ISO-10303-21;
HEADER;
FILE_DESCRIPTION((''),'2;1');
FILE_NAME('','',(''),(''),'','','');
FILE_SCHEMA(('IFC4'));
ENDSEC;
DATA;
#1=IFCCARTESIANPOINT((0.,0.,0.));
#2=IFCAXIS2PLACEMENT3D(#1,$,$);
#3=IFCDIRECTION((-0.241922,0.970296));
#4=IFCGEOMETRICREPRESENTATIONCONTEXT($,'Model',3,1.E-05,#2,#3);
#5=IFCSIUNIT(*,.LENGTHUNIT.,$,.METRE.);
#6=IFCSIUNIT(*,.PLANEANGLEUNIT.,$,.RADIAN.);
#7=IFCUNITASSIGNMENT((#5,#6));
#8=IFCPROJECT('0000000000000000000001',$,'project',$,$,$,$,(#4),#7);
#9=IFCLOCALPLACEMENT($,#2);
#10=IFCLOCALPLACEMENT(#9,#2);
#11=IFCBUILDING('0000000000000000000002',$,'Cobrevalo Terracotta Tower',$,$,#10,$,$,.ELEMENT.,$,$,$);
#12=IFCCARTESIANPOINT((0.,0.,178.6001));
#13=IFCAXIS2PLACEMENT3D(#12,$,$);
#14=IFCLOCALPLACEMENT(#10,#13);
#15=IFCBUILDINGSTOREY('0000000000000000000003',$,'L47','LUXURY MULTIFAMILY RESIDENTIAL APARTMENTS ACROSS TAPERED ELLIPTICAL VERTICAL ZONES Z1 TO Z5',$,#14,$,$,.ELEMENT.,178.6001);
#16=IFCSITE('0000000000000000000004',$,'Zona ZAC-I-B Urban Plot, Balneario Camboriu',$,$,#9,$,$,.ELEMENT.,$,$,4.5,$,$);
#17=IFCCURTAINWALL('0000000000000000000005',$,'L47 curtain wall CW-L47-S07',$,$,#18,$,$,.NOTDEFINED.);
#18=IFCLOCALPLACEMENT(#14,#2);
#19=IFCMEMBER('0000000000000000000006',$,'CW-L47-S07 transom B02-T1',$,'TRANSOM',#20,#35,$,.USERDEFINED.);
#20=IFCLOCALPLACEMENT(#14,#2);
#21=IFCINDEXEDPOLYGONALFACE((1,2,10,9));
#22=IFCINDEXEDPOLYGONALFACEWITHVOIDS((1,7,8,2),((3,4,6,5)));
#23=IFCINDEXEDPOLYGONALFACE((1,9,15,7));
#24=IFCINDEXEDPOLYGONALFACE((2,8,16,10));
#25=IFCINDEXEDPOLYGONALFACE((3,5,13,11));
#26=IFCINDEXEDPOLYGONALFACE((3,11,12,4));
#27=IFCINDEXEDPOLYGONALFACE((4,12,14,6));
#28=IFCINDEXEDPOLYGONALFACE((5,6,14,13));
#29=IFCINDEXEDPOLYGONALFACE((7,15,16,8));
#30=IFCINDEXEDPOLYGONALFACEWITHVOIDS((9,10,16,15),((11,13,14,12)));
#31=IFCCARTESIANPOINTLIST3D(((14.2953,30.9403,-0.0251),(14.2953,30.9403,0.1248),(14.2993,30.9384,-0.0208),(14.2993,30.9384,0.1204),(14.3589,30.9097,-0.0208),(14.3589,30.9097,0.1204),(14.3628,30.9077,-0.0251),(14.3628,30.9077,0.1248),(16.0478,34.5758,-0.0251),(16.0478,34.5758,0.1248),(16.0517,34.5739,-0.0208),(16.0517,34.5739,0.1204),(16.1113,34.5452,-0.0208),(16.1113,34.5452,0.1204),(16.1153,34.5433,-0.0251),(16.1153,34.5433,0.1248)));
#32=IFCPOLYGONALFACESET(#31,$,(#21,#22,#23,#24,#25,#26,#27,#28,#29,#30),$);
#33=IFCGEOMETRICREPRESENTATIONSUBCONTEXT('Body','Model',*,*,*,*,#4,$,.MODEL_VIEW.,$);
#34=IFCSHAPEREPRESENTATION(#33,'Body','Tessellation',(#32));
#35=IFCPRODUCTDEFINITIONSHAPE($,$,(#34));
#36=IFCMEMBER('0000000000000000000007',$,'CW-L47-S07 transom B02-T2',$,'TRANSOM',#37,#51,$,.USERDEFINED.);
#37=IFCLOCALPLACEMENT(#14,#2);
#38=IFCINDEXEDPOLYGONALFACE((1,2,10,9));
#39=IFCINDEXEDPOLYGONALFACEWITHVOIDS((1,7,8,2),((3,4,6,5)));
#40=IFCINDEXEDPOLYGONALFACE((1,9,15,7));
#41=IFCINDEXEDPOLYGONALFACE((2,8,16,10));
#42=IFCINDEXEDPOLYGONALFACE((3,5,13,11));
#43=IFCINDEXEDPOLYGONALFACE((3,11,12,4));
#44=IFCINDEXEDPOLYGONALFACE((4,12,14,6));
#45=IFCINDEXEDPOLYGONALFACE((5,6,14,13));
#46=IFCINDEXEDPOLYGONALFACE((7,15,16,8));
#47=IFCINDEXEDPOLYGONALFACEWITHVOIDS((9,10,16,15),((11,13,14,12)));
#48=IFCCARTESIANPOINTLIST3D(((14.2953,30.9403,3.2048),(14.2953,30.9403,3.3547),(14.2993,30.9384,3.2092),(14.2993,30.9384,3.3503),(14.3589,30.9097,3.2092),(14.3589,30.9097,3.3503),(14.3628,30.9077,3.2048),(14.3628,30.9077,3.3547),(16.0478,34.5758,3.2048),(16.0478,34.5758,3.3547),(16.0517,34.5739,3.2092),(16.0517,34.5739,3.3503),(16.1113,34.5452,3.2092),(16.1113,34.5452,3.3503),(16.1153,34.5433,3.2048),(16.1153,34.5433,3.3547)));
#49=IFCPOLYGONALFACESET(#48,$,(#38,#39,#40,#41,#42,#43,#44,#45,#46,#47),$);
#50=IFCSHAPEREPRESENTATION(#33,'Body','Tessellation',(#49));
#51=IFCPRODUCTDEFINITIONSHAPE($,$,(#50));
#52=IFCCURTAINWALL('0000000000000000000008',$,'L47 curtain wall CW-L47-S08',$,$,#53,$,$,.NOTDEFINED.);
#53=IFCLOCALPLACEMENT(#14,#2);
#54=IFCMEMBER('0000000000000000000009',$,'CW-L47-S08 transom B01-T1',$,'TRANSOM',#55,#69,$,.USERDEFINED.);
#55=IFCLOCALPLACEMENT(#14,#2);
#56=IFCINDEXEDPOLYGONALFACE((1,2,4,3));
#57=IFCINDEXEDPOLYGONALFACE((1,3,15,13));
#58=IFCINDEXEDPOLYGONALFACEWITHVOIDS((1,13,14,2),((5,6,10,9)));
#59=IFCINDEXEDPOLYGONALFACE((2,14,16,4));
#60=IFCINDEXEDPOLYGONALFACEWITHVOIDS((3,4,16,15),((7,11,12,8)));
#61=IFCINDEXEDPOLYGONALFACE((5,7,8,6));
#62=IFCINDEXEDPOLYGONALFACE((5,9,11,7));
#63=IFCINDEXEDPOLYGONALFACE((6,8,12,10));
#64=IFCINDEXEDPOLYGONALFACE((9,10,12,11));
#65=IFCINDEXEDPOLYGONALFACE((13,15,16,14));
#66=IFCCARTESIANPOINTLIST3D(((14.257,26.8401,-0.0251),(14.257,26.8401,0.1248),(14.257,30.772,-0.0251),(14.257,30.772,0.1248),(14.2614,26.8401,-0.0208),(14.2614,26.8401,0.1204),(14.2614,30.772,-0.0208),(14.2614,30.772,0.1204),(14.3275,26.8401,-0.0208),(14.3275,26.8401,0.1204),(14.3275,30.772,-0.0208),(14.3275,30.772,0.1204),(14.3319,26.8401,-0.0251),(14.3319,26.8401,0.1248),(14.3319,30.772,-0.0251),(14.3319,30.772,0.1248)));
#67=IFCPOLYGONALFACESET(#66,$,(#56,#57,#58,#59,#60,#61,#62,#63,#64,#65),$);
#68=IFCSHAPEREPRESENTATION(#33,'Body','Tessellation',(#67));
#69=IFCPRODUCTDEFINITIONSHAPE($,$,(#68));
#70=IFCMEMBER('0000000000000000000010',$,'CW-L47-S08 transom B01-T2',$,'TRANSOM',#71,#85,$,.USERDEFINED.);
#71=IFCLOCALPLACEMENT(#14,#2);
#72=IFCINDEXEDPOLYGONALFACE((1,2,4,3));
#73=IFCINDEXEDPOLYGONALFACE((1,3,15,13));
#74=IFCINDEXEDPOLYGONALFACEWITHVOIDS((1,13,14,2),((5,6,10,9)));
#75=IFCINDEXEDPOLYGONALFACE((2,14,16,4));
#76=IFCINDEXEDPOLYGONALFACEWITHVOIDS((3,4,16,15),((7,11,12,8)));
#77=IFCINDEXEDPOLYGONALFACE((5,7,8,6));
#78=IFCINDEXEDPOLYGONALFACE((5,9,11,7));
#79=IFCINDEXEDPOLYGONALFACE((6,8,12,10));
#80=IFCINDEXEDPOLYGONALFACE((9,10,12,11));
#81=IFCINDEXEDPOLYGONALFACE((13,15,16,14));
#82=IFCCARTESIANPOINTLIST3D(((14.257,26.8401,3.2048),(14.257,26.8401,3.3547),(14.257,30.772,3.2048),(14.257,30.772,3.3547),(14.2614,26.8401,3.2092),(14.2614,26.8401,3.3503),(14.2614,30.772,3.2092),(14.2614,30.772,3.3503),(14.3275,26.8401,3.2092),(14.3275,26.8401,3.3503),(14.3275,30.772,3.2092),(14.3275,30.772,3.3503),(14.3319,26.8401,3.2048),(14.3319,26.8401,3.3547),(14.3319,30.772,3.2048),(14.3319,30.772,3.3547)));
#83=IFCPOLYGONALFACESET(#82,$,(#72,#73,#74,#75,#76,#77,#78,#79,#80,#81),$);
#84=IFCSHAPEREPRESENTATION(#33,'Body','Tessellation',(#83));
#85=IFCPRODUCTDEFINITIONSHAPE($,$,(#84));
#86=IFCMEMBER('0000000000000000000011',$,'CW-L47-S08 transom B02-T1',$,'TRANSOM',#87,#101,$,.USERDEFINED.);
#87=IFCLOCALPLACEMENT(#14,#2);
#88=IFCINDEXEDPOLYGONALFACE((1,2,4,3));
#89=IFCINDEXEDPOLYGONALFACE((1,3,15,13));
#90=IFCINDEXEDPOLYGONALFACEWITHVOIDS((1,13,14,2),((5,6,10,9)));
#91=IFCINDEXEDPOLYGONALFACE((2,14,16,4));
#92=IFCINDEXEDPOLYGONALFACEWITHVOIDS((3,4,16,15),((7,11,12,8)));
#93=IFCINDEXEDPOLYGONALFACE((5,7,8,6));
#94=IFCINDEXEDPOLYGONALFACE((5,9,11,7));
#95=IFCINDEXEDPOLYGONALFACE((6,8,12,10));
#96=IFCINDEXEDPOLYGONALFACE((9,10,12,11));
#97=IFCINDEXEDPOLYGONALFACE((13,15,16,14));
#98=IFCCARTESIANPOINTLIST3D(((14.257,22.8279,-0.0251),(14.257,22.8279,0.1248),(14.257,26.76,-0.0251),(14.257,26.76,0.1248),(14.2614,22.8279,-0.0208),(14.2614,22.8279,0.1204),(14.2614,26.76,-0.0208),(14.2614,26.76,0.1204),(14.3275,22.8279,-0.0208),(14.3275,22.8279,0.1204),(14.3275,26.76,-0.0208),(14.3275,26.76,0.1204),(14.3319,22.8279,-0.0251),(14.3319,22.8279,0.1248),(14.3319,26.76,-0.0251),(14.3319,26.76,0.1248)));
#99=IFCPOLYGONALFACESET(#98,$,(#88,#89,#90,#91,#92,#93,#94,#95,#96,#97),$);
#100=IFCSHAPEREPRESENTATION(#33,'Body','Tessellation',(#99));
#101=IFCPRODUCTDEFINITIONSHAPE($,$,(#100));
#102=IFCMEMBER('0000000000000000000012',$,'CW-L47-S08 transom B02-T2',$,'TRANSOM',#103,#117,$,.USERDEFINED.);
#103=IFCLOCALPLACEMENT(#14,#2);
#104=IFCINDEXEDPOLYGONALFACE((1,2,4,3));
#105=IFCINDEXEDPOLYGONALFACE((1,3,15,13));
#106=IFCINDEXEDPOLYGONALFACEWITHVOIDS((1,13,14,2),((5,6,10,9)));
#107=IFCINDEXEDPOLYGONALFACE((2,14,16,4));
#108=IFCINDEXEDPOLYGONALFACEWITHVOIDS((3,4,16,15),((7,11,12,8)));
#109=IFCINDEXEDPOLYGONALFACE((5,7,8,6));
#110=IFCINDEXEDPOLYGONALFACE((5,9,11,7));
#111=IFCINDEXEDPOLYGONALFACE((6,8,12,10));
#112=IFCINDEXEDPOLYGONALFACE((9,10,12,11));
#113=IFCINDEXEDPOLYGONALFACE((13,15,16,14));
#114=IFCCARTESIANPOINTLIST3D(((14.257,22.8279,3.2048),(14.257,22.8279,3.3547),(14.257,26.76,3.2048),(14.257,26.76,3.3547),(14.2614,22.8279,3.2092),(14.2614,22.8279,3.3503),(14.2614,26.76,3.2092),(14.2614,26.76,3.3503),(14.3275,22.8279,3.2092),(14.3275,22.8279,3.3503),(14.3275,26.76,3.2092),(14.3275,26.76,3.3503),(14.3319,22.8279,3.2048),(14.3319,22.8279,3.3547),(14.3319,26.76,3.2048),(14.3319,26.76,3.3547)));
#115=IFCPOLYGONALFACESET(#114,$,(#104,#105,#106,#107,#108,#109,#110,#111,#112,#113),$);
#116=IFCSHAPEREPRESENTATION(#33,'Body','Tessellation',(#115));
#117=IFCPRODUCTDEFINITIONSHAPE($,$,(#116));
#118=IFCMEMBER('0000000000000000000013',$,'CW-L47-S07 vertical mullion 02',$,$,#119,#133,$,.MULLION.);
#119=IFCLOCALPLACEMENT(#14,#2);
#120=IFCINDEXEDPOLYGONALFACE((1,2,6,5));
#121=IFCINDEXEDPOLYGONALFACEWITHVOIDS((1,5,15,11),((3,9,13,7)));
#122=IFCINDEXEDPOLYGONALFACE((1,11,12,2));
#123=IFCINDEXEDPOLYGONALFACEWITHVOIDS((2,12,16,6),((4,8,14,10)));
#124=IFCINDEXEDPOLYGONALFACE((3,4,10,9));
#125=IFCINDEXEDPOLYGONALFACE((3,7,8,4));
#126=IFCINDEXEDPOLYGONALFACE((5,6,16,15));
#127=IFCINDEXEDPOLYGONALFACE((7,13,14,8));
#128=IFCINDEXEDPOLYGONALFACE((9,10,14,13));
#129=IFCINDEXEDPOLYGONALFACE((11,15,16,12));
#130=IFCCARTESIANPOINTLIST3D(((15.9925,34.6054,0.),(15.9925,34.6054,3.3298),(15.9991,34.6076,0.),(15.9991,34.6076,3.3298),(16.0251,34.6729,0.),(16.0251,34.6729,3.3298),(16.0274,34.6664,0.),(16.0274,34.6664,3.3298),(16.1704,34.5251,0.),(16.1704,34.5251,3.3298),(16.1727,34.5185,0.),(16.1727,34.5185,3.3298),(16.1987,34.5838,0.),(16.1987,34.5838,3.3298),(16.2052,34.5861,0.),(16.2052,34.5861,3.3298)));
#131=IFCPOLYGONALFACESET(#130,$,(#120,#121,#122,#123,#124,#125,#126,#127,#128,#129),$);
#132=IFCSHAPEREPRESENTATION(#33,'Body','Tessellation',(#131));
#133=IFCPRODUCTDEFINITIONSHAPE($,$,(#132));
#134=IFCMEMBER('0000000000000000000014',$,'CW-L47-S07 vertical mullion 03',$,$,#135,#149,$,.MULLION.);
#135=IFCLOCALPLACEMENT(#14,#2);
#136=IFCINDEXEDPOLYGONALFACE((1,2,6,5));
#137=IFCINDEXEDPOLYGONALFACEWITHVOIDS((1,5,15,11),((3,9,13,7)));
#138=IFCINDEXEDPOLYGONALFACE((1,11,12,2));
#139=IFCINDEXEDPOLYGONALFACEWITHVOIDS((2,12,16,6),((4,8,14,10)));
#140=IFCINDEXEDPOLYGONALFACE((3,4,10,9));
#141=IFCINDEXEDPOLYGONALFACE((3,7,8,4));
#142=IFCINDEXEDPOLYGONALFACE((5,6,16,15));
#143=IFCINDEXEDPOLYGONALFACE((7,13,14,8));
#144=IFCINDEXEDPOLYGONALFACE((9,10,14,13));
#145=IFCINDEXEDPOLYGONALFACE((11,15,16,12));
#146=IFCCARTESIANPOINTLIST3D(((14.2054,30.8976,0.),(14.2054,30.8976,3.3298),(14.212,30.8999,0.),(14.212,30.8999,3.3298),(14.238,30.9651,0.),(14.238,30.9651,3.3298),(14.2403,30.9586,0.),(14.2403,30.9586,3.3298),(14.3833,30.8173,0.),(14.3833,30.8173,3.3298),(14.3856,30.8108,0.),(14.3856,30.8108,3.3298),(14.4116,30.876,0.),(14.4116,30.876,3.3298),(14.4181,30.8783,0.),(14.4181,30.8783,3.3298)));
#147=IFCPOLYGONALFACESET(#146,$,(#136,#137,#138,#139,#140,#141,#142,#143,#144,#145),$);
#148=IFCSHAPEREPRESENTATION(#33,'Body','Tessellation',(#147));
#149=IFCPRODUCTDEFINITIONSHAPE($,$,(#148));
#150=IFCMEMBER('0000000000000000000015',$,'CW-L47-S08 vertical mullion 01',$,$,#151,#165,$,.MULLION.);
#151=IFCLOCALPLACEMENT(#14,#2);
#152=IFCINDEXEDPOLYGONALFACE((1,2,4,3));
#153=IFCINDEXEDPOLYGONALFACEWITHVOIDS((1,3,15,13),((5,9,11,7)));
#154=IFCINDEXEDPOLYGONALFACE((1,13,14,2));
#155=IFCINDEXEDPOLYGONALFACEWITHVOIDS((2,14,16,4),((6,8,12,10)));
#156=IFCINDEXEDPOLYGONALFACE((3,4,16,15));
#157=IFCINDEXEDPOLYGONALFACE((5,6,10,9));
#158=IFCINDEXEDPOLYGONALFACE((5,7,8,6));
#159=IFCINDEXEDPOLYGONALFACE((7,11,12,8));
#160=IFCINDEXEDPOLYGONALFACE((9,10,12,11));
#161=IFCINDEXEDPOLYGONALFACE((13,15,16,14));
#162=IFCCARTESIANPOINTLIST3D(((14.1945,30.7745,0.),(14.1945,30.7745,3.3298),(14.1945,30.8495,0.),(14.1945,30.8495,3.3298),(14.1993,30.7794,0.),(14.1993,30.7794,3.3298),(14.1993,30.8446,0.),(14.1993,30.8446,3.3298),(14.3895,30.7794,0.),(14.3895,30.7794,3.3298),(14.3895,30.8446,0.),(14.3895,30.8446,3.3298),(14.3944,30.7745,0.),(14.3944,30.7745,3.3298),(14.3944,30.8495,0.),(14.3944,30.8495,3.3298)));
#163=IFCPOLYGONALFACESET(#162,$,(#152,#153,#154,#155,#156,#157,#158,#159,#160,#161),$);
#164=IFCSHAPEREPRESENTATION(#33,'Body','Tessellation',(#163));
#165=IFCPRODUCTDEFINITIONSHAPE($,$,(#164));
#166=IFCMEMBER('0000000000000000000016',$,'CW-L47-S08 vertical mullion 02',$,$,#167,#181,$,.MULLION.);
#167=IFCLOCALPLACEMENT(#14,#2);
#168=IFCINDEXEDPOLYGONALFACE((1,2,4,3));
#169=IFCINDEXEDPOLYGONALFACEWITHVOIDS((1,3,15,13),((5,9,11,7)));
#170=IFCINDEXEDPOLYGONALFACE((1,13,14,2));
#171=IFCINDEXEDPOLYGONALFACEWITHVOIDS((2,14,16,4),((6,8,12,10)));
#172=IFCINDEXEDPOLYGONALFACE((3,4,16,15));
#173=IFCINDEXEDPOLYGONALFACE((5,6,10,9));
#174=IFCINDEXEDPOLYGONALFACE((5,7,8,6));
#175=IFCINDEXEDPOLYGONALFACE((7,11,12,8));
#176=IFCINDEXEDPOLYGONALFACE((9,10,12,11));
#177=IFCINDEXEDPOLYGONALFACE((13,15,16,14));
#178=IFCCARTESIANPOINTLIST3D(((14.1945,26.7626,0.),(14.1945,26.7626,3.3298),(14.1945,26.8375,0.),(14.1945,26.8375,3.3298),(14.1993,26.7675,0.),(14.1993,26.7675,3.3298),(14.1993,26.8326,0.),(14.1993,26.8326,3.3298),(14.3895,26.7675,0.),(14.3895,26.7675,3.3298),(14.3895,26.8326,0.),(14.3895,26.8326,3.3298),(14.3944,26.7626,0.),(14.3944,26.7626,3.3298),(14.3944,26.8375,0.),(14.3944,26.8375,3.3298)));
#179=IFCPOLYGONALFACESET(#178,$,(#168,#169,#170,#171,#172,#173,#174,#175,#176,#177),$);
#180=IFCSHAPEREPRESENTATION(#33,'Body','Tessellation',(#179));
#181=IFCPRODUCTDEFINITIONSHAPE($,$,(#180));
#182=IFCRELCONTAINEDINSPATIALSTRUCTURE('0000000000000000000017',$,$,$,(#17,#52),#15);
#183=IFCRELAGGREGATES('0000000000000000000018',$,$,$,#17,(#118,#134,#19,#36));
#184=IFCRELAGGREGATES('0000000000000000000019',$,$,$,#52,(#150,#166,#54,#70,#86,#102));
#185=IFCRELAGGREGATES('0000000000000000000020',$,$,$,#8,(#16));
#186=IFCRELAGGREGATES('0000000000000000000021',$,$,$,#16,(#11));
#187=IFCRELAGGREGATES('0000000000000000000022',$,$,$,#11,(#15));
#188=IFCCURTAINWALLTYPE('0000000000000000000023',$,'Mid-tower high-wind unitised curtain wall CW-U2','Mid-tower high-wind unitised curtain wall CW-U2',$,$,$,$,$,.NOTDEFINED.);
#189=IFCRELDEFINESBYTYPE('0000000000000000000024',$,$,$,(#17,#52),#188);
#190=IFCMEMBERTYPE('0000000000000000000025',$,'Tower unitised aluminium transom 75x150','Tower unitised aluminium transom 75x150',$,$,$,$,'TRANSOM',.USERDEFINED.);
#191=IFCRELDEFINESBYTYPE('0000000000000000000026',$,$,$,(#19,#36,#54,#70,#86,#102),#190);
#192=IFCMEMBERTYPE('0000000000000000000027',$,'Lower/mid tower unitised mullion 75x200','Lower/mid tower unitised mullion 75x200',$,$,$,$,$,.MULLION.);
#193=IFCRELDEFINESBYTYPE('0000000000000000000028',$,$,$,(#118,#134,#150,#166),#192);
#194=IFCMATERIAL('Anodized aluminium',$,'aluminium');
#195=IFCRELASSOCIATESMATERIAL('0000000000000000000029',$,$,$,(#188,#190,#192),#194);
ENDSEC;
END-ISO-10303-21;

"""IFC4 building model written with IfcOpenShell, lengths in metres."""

from ifc_helpers import new_model, si_unit, direction, frame, origin, origin_2d, place, context, subcontext, project, spatial, hollow_rectangle, extrude, source, transform, mapped, material, material_profile, profile_set, type_object, element, aggregate, save


model = new_model("IFC4")

# Units and contexts
model_context = context("Model", 3, precision=1e-05, world=origin(), true_north=direction((-0.241922, 0.970296)))
body_context = subcontext(model_context, "Body", "Model", "MODEL_VIEW")
ifc_project = project(units=[si_unit("LENGTHUNIT", "METRE"), si_unit("PLANEANGLEUNIT", "RADIAN")], contexts=[model_context])

# Site, building, storey
site_placement = place(None, origin())
site = spatial("IfcSite", under=ifc_project, at=site_placement, Name="Zona ZAC-I-B Urban Plot, Balneario Camboriu", CompositionType="ELEMENT", RefElevation=4.5)
building_placement = place(site_placement, origin())
building = spatial("IfcBuilding", under=site, at=building_placement, Name="Cobrevalo Terracotta Tower", CompositionType="ELEMENT")
storey_placement = place(building_placement, frame((0.0, 0.0, 178.6001)))
storey = spatial("IfcBuildingStorey", under=building, at=storey_placement, Name="L47", Description="LUXURY MULTIFAMILY RESIDENTIAL APARTMENTS ACROSS TAPERED ELLIPTICAL VERTICAL ZONES Z1 TO Z5", CompositionType="ELEMENT", Elevation=178.6001)

# Curtain walls, members
ifc_material_1 = material(Name="Anodized aluminium", Category="aluminium")
curtain_wall_type = type_object("IfcCurtainWallType", Name="Mid-tower high-wind unitised curtain wall CW-U2", Description="Mid-tower high-wind unitised curtain wall CW-U2", PredefinedType="NOTDEFINED", material=ifc_material_1)
curtain_wall_1_placement = place(storey_placement, origin())
curtain_wall_1 = element("IfcCurtainWall", 1, at=curtain_wall_1_placement, inside=storey, type_object=curtain_wall_type, Name="L47 curtain wall CW-L47-S07", PredefinedType="NOTDEFINED")
ifc_material_profile_1 = material_profile(ifc_material_1, hollow_rectangle(XDim=0.075, YDim=0.1499, WallThickness=0.0044, at=origin_2d()), Name="CWT 75x150")
ifc_profile_set_1 = profile_set([ifc_material_profile_1], Name="Anodized aluminium")
member_type_1 = type_object("IfcMemberType", Name="Tower unitised aluminium transom 75x150", Description="Tower unitised aluminium transom 75x150", ElementType="TRANSOM", PredefinedType="USERDEFINED", material=ifc_profile_set_1)
shared_shape_1 = source(origin(), body_context, "Body", "SweptSolid", [
    extrude(hollow_rectangle(XDim=0.075, YDim=0.1499, WallThickness=0.0044, at=origin_2d()), origin(), (0.0, 0.0, 1.0), 4.0359),
])
member_1_placement = place(storey_placement, frame((16.0815, 34.5596, 0.0498), z_axis=(-0.434221, -0.900806, 0.0), x_axis=(0.900806, -0.434221, 0.0)))
member_1 = element("IfcMember", 2, at=member_1_placement, type_object=member_type_1, Name="CW-L47-S07 transom B02-T1", ObjectType="TRANSOM", PredefinedType="USERDEFINED", context=body_context, shape_type="MappedRepresentation", body=[
    mapped(shared_shape_1, transform((0.0, 0.0, 0.0), scale=1.0)),
])
member_2_placement = place(storey_placement, frame((16.0815, 34.5596, 3.2798), z_axis=(-0.434221, -0.900806, 0.0), x_axis=(0.900806, -0.434221, 0.0)))
member_2 = element("IfcMember", 3, at=member_2_placement, type_object=member_type_1, Name="CW-L47-S07 transom B02-T2", ObjectType="TRANSOM", PredefinedType="USERDEFINED", context=body_context, shape_type="MappedRepresentation", body=[
    mapped(shared_shape_1, transform((0.0, 0.0, 0.0), scale=1.0)),
])
curtain_wall_2_placement = place(storey_placement, origin())
curtain_wall_2 = element("IfcCurtainWall", 4, at=curtain_wall_2_placement, inside=storey, type_object=curtain_wall_type, Name="L47 curtain wall CW-L47-S08", PredefinedType="NOTDEFINED")
shared_shape_2 = source(origin(), body_context, "Body", "SweptSolid", [
    extrude(hollow_rectangle(XDim=0.075, YDim=0.1499, WallThickness=0.0044, at=origin_2d()), origin(), (0.0, 0.0, 1.0), 3.9319),
])
member_3_placement = place(storey_placement, frame((14.2944, 30.772, 0.0498), z_axis=(0.0, -1.0, 0.0), x_axis=(1.0, 0.0, 0.0)))
member_3 = element("IfcMember", 5, at=member_3_placement, type_object=member_type_1, Name="CW-L47-S08 transom B01-T1", ObjectType="TRANSOM", PredefinedType="USERDEFINED", context=body_context, shape_type="MappedRepresentation", body=[
    mapped(shared_shape_2, transform((0.0, 0.0, 0.0), scale=1.0)),
])
member_4_placement = place(storey_placement, frame((14.2944, 30.772, 3.2798), z_axis=(0.0, -1.0, 0.0), x_axis=(1.0, 0.0, 0.0)))
member_4 = element("IfcMember", 6, at=member_4_placement, type_object=member_type_1, Name="CW-L47-S08 transom B01-T2", ObjectType="TRANSOM", PredefinedType="USERDEFINED", context=body_context, shape_type="MappedRepresentation", body=[
    mapped(shared_shape_2, transform((0.0, 0.0, 0.0), scale=1.0)),
])
shared_shape_3 = source(origin(), body_context, "Body", "SweptSolid", [
    extrude(hollow_rectangle(XDim=0.075, YDim=0.1499, WallThickness=0.0044, at=origin_2d()), origin(), (0.0, 0.0, 1.0), 3.9321),
])
member_5_placement = place(storey_placement, frame((14.2944, 26.76, 0.0498), z_axis=(0.0, -1.0, 0.0), x_axis=(1.0, 0.0, 0.0)))
member_5 = element("IfcMember", 7, at=member_5_placement, type_object=member_type_1, Name="CW-L47-S08 transom B02-T1", ObjectType="TRANSOM", PredefinedType="USERDEFINED", context=body_context, shape_type="MappedRepresentation", body=[
    mapped(shared_shape_3, transform((0.0, 0.0, 0.0), scale=1.0)),
])
member_6_placement = place(storey_placement, frame((14.2944, 26.76, 3.2798), z_axis=(0.0, -1.0, 0.0), x_axis=(1.0, 0.0, 0.0)))
member_6 = element("IfcMember", 8, at=member_6_placement, type_object=member_type_1, Name="CW-L47-S08 transom B02-T2", ObjectType="TRANSOM", PredefinedType="USERDEFINED", context=body_context, shape_type="MappedRepresentation", body=[
    mapped(shared_shape_3, transform((0.0, 0.0, 0.0), scale=1.0)),
])

# Members
ifc_material_profile_2 = material_profile(ifc_material_1, hollow_rectangle(XDim=0.075, YDim=0.2, WallThickness=0.0049, at=origin_2d()), Name="CWM 75x200")
ifc_profile_set_2 = profile_set([ifc_material_profile_2], Name="Anodized aluminium")
member_type_2 = type_object("IfcMemberType", Name="Lower/mid tower unitised mullion 75x200", Description="Lower/mid tower unitised mullion 75x200", PredefinedType="MULLION", material=ifc_profile_set_2)
shared_shape_4 = source(origin(), body_context, "Body", "SweptSolid", [
    extrude(hollow_rectangle(XDim=0.075, YDim=0.2, WallThickness=0.0049, at=origin_2d()), origin(), (0.0, 0.0, 1.0), 3.3298),
])
member_7_placement = place(storey_placement, frame((16.0989, 34.5957, 0.0), z_axis=(0.0, 0.0, 1.0), x_axis=(-0.434209, -0.900812, 0.0)))
member_7 = element("IfcMember", 9, at=member_7_placement, type_object=member_type_2, Name="CW-L47-S07 vertical mullion 02", PredefinedType="MULLION", context=body_context, shape_type="MappedRepresentation", body=[
    mapped(shared_shape_4, transform((0.0, 0.0, 0.0), scale=1.0)),
])
member_8_placement = place(storey_placement, frame((14.3118, 30.8879, 0.0), z_axis=(0.0, 0.0, 1.0), x_axis=(-0.434209, -0.900812, 0.0)))
member_8 = element("IfcMember", 10, at=member_8_placement, type_object=member_type_2, Name="CW-L47-S07 vertical mullion 03", PredefinedType="MULLION", context=body_context, shape_type="MappedRepresentation", body=[
    mapped(shared_shape_4, transform((0.0, 0.0, 0.0), scale=1.0)),
])
member_9_placement = place(storey_placement, frame((14.2944, 30.812, 0.0), z_axis=(0.0, 0.0, 1.0), x_axis=(0.0, -1.0, 0.0)))
member_9 = element("IfcMember", 11, at=member_9_placement, type_object=member_type_2, Name="CW-L47-S08 vertical mullion 01", PredefinedType="MULLION", context=body_context, shape_type="MappedRepresentation", body=[
    mapped(shared_shape_4, transform((0.0, 0.0, 0.0), scale=1.0)),
])
member_10_placement = place(storey_placement, frame((14.2944, 26.8, 0.0), z_axis=(0.0, 0.0, 1.0), x_axis=(0.0, -1.0, 0.0)))
member_10 = element("IfcMember", 12, at=member_10_placement, type_object=member_type_2, Name="CW-L47-S08 vertical mullion 02", PredefinedType="MULLION", context=body_context, shape_type="MappedRepresentation", body=[
    mapped(shared_shape_4, transform((0.0, 0.0, 0.0), scale=1.0)),
])

aggregate(curtain_wall_1, [member_7, member_8, member_1, member_2])
aggregate(curtain_wall_2, [member_9, member_10, member_3, member_4, member_5, member_6])

save(model, "model.ifc")
